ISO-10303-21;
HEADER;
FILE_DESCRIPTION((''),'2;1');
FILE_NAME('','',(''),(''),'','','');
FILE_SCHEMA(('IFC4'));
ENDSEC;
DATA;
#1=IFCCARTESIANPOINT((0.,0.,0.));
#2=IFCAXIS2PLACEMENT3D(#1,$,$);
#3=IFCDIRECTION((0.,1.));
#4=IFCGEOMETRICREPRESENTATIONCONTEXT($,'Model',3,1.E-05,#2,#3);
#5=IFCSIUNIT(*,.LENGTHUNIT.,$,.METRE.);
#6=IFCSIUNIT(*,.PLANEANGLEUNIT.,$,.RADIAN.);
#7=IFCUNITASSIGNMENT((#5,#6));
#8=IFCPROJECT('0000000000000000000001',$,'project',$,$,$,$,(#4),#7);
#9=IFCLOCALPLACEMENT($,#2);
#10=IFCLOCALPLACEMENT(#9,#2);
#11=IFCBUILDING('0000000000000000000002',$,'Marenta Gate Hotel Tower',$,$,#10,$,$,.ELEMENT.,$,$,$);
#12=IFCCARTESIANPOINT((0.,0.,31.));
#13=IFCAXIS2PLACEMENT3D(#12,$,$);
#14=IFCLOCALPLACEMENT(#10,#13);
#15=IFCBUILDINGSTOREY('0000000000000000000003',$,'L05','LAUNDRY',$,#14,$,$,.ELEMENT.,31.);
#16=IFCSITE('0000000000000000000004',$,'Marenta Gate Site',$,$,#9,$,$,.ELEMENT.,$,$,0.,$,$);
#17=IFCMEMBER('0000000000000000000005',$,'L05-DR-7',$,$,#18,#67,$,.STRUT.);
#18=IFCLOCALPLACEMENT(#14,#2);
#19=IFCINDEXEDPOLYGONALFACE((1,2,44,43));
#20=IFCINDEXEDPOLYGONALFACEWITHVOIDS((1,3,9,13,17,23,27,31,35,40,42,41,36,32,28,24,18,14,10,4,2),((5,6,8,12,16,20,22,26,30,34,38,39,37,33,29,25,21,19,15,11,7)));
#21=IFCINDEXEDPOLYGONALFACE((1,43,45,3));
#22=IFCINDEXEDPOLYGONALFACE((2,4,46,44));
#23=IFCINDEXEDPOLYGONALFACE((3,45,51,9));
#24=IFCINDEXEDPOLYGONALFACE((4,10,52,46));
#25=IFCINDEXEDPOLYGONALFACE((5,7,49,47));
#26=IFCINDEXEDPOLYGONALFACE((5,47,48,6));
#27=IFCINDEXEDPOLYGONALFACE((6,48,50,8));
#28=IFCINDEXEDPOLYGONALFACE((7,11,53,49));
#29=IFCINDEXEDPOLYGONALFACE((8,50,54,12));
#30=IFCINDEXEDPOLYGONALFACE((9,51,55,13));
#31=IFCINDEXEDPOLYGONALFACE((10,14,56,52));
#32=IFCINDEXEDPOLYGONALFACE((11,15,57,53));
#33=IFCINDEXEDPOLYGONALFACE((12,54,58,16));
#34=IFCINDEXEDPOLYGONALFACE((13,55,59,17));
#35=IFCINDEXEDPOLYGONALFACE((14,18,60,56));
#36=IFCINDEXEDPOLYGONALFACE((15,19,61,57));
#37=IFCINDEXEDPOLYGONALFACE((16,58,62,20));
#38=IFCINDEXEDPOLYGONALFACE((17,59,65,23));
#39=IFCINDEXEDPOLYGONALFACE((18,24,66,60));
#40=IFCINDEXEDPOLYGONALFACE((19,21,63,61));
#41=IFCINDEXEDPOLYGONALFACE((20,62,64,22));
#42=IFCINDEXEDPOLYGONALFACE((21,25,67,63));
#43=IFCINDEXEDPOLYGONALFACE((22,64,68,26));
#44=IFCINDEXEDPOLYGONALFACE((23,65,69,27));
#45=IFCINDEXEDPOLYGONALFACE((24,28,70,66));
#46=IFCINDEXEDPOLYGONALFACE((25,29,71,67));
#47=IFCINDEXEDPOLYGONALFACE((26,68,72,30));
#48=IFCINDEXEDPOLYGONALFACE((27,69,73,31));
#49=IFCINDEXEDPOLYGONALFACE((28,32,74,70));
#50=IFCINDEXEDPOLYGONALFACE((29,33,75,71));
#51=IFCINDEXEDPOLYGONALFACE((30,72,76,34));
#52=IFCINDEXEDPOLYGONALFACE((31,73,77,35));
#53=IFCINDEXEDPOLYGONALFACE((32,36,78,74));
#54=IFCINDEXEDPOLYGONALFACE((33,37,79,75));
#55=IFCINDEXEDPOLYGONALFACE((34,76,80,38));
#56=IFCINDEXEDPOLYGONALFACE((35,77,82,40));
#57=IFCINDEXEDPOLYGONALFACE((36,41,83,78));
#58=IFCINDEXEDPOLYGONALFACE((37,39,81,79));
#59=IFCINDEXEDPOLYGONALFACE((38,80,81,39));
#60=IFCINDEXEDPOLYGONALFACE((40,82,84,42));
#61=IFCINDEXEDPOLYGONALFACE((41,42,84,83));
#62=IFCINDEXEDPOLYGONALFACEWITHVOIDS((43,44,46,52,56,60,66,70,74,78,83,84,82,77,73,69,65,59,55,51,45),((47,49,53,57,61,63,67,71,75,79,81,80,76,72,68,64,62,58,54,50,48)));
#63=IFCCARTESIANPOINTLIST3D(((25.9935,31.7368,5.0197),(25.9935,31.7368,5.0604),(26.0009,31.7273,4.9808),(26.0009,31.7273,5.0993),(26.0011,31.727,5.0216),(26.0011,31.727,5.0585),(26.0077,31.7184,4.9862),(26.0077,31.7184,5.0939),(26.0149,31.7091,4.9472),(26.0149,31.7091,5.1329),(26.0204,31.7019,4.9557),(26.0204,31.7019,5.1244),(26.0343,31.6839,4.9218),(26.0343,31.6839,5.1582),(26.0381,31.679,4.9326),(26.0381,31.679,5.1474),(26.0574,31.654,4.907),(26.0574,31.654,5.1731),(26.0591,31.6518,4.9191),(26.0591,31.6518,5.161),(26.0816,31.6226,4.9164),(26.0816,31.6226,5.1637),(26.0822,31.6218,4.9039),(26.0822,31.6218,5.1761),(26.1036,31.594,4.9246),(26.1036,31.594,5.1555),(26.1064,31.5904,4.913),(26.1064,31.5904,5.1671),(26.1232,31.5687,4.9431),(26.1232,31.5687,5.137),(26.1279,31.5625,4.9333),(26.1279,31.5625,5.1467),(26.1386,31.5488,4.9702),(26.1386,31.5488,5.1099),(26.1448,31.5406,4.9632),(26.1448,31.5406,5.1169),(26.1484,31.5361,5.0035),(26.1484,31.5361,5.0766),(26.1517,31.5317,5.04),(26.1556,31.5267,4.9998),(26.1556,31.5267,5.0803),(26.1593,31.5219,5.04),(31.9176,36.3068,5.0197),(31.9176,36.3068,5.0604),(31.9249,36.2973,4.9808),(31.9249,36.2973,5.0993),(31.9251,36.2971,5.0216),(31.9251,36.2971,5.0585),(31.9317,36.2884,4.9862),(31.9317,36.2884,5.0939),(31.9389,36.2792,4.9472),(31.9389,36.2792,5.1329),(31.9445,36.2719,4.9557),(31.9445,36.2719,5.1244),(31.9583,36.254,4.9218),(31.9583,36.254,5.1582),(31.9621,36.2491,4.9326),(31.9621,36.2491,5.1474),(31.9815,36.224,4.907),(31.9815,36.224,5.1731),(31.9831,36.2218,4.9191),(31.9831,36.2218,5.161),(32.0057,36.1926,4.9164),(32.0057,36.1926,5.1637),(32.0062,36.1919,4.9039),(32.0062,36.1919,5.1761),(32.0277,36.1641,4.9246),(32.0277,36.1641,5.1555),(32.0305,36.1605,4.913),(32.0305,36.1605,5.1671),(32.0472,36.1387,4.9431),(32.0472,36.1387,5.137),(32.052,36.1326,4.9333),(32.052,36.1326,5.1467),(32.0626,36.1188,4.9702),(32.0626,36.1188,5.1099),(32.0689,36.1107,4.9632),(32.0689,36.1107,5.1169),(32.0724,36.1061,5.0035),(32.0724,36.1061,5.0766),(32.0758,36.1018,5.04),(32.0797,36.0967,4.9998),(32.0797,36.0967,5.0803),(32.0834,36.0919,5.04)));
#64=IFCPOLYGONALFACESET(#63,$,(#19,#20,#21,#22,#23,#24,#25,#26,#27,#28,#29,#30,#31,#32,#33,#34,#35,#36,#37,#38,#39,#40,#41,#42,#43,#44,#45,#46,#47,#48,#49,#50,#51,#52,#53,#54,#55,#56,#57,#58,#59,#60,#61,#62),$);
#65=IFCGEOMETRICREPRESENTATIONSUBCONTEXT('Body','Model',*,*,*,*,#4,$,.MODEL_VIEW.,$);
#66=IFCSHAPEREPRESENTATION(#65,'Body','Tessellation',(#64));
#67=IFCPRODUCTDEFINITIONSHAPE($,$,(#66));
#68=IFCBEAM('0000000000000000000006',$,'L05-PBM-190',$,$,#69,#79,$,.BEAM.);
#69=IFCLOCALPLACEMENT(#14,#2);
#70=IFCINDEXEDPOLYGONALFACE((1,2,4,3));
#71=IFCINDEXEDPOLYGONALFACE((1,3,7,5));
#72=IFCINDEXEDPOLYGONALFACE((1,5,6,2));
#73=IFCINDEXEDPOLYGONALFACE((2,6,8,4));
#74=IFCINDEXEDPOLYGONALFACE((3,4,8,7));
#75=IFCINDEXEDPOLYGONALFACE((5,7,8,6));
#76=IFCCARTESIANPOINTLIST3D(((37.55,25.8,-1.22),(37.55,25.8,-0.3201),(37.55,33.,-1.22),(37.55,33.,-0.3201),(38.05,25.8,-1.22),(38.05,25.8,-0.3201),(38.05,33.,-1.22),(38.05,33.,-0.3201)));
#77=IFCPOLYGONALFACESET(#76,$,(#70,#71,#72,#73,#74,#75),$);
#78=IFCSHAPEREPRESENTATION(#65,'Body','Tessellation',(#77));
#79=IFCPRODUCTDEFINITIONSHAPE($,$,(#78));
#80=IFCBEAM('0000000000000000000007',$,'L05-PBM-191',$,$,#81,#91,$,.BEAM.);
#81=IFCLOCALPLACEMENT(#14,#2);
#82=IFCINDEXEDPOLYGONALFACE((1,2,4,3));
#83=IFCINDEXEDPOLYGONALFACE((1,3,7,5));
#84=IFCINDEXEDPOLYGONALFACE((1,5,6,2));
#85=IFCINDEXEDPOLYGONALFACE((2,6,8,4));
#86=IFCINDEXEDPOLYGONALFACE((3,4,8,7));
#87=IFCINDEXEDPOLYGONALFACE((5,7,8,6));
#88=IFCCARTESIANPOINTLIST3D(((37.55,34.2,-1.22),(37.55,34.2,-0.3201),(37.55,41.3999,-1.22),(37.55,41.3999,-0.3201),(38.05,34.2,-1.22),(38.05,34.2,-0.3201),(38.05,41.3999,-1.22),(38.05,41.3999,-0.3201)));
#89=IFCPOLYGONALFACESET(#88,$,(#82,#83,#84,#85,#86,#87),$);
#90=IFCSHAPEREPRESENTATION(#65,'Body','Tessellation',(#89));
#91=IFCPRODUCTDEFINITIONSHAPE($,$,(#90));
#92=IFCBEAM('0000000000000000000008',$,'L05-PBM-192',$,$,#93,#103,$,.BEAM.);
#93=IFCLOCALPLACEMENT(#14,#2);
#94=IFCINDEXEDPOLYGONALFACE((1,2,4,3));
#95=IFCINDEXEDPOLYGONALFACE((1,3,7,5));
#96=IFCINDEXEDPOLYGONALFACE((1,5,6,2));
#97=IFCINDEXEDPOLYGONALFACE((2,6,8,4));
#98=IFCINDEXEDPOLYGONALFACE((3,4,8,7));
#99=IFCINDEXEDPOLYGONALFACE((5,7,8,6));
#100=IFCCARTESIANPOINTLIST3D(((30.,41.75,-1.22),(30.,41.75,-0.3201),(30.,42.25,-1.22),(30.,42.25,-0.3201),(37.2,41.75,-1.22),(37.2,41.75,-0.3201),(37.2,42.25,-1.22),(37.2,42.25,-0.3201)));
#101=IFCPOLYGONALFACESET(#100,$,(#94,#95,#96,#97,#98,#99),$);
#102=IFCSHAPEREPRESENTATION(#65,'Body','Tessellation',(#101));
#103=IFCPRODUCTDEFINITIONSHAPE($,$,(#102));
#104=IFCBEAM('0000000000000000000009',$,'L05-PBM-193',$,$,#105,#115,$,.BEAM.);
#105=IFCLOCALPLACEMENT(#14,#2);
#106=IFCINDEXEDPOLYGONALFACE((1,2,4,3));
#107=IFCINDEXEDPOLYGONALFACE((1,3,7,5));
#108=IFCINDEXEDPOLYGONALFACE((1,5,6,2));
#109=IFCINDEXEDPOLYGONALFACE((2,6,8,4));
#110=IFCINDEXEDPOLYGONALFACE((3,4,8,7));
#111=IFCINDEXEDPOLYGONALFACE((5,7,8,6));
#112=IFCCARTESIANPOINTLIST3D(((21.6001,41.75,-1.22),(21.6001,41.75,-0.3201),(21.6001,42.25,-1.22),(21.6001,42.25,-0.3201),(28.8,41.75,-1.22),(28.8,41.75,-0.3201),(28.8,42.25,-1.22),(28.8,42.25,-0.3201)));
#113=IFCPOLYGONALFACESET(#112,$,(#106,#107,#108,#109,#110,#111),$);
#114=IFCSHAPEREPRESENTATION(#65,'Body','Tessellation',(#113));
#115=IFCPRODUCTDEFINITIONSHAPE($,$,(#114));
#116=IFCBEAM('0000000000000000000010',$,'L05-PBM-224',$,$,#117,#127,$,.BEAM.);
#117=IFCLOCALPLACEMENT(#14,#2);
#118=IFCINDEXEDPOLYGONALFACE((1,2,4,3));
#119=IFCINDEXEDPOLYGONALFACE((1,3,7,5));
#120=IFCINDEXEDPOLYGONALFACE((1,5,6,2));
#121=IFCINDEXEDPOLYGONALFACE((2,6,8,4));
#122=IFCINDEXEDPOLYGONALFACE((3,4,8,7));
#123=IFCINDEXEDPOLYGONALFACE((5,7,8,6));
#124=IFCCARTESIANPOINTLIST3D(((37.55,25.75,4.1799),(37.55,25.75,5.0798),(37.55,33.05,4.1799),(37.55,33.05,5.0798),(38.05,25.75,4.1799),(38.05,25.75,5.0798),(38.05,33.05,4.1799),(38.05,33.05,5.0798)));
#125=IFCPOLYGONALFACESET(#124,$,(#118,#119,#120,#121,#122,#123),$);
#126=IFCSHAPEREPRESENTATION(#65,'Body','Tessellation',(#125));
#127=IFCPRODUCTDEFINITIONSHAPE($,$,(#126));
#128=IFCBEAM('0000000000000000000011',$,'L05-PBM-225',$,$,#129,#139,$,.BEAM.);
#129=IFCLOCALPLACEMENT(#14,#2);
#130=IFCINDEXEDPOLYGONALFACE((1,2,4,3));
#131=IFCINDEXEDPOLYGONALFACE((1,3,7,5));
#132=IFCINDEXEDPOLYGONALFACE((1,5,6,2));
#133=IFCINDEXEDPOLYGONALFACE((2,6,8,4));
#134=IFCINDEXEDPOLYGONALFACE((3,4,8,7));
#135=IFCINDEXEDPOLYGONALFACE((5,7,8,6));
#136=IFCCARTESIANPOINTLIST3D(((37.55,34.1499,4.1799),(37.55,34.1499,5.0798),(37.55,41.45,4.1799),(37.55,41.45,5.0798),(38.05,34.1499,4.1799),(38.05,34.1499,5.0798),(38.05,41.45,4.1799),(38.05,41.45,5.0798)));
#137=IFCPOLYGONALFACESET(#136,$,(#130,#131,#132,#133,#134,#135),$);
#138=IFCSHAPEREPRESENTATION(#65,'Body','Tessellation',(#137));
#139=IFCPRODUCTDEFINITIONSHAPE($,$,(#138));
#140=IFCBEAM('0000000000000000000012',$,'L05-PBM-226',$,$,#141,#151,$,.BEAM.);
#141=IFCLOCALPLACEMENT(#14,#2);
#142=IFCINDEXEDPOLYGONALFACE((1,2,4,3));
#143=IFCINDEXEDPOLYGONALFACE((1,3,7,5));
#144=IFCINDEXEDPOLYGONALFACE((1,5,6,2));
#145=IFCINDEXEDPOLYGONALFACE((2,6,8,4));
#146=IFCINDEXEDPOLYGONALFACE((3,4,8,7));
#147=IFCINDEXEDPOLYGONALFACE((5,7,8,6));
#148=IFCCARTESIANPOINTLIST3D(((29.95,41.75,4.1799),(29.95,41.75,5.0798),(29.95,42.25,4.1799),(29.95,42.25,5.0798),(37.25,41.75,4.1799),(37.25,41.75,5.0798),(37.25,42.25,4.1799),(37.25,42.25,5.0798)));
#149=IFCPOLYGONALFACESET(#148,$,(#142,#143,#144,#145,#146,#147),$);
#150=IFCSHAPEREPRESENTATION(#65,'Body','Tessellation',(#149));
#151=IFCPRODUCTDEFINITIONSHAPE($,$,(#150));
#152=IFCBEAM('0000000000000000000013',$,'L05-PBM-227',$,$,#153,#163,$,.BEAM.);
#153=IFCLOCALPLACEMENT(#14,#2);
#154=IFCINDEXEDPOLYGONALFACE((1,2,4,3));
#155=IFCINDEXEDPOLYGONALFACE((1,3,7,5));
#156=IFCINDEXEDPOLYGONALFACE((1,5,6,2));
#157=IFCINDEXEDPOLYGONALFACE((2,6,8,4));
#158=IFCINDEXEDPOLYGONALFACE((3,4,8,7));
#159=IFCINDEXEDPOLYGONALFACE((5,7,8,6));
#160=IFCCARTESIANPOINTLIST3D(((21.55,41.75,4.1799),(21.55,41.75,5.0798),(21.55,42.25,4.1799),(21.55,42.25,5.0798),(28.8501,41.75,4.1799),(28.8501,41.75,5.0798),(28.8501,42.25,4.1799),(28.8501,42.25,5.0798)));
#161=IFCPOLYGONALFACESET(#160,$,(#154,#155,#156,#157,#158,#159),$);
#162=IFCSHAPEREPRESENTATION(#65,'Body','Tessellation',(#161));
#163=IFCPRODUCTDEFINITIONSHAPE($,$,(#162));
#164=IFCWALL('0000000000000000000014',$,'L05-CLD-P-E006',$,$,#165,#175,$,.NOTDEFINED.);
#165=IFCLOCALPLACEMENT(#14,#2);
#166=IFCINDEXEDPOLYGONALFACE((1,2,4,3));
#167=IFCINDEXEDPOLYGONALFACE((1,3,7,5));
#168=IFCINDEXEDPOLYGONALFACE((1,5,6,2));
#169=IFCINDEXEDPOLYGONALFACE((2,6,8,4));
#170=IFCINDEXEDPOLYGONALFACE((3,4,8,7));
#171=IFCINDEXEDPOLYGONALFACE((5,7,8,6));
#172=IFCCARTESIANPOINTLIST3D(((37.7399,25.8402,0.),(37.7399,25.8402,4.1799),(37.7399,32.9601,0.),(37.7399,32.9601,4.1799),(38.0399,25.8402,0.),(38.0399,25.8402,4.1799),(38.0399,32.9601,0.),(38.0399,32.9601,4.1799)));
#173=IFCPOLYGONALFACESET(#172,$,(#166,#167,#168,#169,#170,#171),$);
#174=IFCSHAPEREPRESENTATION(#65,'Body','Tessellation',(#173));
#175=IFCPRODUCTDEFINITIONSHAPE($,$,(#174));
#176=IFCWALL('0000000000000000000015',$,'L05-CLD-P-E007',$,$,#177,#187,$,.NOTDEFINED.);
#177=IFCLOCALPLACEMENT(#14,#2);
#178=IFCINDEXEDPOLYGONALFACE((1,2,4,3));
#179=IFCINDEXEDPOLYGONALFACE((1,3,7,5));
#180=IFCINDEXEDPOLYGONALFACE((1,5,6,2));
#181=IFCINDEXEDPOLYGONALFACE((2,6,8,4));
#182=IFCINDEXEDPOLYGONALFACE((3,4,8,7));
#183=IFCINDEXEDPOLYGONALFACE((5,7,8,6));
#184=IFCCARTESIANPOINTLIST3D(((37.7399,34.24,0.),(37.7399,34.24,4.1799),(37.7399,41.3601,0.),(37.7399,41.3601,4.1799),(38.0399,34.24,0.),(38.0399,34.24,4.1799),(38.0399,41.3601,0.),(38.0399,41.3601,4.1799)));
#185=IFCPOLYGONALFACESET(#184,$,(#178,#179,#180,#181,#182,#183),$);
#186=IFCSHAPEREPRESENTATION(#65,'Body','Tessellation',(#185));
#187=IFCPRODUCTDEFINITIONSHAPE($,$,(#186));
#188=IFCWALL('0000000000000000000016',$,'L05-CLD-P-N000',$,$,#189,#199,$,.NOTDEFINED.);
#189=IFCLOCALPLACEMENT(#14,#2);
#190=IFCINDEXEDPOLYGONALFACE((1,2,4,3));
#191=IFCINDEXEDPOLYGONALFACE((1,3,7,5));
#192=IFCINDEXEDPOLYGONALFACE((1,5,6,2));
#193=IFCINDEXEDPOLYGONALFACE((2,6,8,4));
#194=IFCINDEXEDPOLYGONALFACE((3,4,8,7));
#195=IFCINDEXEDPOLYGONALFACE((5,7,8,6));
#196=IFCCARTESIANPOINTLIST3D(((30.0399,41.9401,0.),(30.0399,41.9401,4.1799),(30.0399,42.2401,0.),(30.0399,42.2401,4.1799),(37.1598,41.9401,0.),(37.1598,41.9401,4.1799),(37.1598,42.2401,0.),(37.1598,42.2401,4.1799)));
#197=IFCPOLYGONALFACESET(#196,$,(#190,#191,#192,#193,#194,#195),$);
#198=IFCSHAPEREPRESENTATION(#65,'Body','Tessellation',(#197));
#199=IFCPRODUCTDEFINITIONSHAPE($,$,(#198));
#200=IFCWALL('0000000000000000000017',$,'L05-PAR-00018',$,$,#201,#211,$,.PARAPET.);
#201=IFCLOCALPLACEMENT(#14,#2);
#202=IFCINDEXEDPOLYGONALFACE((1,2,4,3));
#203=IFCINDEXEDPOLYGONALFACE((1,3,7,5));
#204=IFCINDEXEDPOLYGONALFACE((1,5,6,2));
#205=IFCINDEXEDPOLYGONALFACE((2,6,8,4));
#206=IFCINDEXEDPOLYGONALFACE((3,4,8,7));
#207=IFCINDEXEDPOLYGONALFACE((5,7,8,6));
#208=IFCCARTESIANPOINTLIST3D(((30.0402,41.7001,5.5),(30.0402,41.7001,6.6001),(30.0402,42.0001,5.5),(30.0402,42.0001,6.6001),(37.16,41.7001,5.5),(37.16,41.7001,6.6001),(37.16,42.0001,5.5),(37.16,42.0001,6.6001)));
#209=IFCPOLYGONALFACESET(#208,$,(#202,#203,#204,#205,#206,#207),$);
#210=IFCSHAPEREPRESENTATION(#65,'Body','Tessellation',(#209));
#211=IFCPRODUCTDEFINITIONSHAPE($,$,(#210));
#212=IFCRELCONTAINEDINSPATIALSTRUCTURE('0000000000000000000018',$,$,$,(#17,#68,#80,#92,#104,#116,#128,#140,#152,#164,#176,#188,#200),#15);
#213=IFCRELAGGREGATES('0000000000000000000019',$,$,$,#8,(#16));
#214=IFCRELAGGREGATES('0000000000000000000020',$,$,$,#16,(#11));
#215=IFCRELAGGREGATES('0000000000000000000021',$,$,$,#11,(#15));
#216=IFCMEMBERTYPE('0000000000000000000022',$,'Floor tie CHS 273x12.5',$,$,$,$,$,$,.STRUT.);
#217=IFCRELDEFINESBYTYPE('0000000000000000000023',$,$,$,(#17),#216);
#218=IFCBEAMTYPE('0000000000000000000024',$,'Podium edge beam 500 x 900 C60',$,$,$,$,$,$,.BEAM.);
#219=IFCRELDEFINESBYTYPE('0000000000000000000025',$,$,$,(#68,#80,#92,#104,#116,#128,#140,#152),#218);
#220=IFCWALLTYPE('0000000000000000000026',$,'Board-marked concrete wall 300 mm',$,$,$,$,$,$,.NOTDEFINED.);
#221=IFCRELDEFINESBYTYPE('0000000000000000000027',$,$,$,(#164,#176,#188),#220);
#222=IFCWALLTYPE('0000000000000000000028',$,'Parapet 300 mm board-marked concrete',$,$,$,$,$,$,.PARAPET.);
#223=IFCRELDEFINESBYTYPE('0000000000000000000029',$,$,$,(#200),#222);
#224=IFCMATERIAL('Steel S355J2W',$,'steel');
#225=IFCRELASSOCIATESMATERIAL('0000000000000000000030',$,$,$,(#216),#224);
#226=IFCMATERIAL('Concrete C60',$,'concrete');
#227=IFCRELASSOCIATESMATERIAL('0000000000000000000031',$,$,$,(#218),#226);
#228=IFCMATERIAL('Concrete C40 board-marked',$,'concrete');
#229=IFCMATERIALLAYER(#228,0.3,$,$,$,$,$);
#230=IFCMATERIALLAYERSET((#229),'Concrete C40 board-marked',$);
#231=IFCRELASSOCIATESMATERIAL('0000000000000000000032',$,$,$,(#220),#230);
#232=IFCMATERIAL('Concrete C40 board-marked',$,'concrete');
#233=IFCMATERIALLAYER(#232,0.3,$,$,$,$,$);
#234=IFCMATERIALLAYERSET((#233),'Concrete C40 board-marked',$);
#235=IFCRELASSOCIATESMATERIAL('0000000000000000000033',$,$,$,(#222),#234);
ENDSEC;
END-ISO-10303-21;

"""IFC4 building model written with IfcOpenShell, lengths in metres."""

from ifc_helpers import new_model, si_unit, direction, frame, frame_2d, origin, origin_2d, place, context, subcontext, project, spatial, rectangle, hollow_circle, extrude, material, layer, layer_set, material_profile, profile_set, type_object, element, save


model = new_model("IFC4")

# Units and contexts
model_context = context("Model", 3, precision=1e-05, world=origin(), true_north=direction((0.0, 1.0)))
body_context = subcontext(model_context, "Body", "Model", "MODEL_VIEW")
ifc_project = project(units=[si_unit("LENGTHUNIT", "METRE"), si_unit("PLANEANGLEUNIT", "RADIAN")], contexts=[model_context])

# Site, building, storey
site_placement = place(None, origin())
site = spatial("IfcSite", under=ifc_project, at=site_placement, Name="Marenta Gate Site", CompositionType="ELEMENT", RefElevation=0.0)
building_placement = place(site_placement, origin())
building = spatial("IfcBuilding", under=site, at=building_placement, Name="Marenta Gate Hotel Tower", CompositionType="ELEMENT")
storey_placement = place(building_placement, frame((0.0, 0.0, 31.0)))
storey = spatial("IfcBuildingStorey", under=building, at=storey_placement, Name="L05", Description="LAUNDRY", CompositionType="ELEMENT", Elevation=31.0)

# Member
ifc_material_1 = material(Name="Steel S355J2W", Category="steel")
ifc_material_profile_1 = material_profile(ifc_material_1, hollow_circle(Radius=0.1365, WallThickness=0.0125, at=origin_2d()), Name="CHS 273x12.5")
ifc_profile_set_1 = profile_set([ifc_material_profile_1], Name="Steel S355J2W")
member_type_1 = type_object("IfcMemberType", Name="Floor tie CHS 273x12.5", PredefinedType="STRUT", material=ifc_profile_set_1)
member_1_placement = place(storey_placement, frame((32.0, 36.2, 5.04), z_axis=(-0.791778, -0.610809, 0.0), x_axis=(0.610809, -0.791778, 0.0)))
element("IfcMember", 1, at=member_1_placement, inside=storey, type_object=member_type_1, Name="L05-DR-7", PredefinedType="STRUT", context=body_context, shape_type="SweptSolid", body=[
    extrude(hollow_circle(Radius=0.1365, WallThickness=0.0125, at=origin_2d()), origin(), (0.0, 0.0, 1.0), 7.4819),
])

# Beams
ifc_material_2 = material(Name="Concrete C60", Category="concrete")
ifc_material_profile_2 = material_profile(ifc_material_2, rectangle(XDim=0.5, YDim=0.8999, at=origin_2d()), Name="500 x 900")
ifc_profile_set_2 = profile_set([ifc_material_profile_2], Name="Concrete C60")
beam_type_1 = type_object("IfcBeamType", Name="Podium edge beam 500 x 900 C60", PredefinedType="BEAM", material=ifc_profile_set_2)
for number, where, z_axis, x_axis, name in (
    (2, (37.8, 25.8, -0.77), (0.0, 1.0, 0.0), (-1.0, 0.0, 0.0), "L05-PBM-190"),
    (3, (37.8, 34.2, -0.77), (0.0, 1.0, 0.0), (-1.0, 0.0, 0.0), "L05-PBM-191"),
    (4, (37.2, 42.0, -0.77), (-1.0, 0.0, 0.0), (0.0, -1.0, 0.0), "L05-PBM-192"),
    (5, (28.8, 42.0, -0.77), (-1.0, 0.0, 0.0), (0.0, -1.0, 0.0), "L05-PBM-193"),
):
    element("IfcBeam", number, at=place(storey_placement, frame(where, z_axis=z_axis, x_axis=x_axis)), inside=storey, type_object=beam_type_1, Name=name, PredefinedType="BEAM", context=body_context, shape_type="SweptSolid", body=[
        extrude(rectangle(XDim=0.5, YDim=0.8999, at=origin_2d()), origin(), (0.0, 0.0, 1.0), 7.2),
    ])
for number, where, z_axis, x_axis, name in (
    (6, (37.8, 25.75, 4.6299), (0.0, 1.0, 0.0), (-1.0, 0.0, 0.0), "L05-PBM-224"),
    (7, (37.8, 34.1499, 4.6299), (0.0, 1.0, 0.0), (-1.0, 0.0, 0.0), "L05-PBM-225"),
    (8, (37.25, 42.0, 4.6299), (-1.0, 0.0, 0.0), (0.0, -1.0, 0.0), "L05-PBM-226"),
    (9, (28.8501, 42.0, 4.6299), (-1.0, 0.0, 0.0), (0.0, -1.0, 0.0), "L05-PBM-227"),
):
    element("IfcBeam", number, at=place(storey_placement, frame(where, z_axis=z_axis, x_axis=x_axis)), inside=storey, type_object=beam_type_1, Name=name, PredefinedType="BEAM", context=body_context, shape_type="SweptSolid", body=[
        extrude(rectangle(XDim=0.5, YDim=0.8999, at=origin_2d()), origin(), (0.0, 0.0, 1.0), 7.3),
    ])

# Walls
ifc_material_3 = material(Name="Concrete C40 board-marked", Category="concrete")
ifc_layer_1 = layer(ifc_material_3, 0.3)
ifc_layer_set_1 = layer_set([ifc_layer_1], Name="Concrete C40 board-marked")
wall_type_1 = type_object("IfcWallType", Name="Board-marked concrete wall 300 mm", PredefinedType="NOTDEFINED", material=ifc_layer_set_1)
wall_1_placement = place(storey_placement, frame((37.8899, 25.8401, 0.0), z_axis=(0.0, 0.0, 1.0), x_axis=(0.0, 1.0, 0.0)))
element("IfcWall", 10, at=wall_1_placement, inside=storey, type_object=wall_type_1, Name="L05-CLD-P-E006", PredefinedType="NOTDEFINED", context=body_context, shape_type="SweptSolid", body=[
    extrude(rectangle(XDim=7.1199, YDim=0.3, at=frame_2d((3.5601, 0.0))), origin(), (0.0, 0.0, 1.0), 4.1799),
])
wall_2_placement = place(storey_placement, frame((37.8899, 34.24, 0.0), z_axis=(0.0, 0.0, 1.0), x_axis=(0.0, 1.0, 0.0)))
element("IfcWall", 11, at=wall_2_placement, inside=storey, type_object=wall_type_1, Name="L05-CLD-P-E007", PredefinedType="NOTDEFINED", context=body_context, shape_type="SweptSolid", body=[
    extrude(rectangle(XDim=7.1201, YDim=0.3, at=frame_2d((3.5601, 0.0))), origin(), (0.0, 0.0, 1.0), 4.1799),
])
wall_3_placement = place(storey_placement, frame((37.1599, 42.0901, 0.0), z_axis=(0.0, 0.0, 1.0), x_axis=(-1.0, 0.0, 0.0)))
element("IfcWall", 12, at=wall_3_placement, inside=storey, type_object=wall_type_1, Name="L05-CLD-P-N000", PredefinedType="NOTDEFINED", context=body_context, shape_type="SweptSolid", body=[
    extrude(rectangle(XDim=7.1199, YDim=0.3, at=frame_2d((3.5601, 0.0))), origin(), (0.0, 0.0, 1.0), 4.1799),
])
ifc_material_4 = material(Name="Concrete C40 board-marked", Category="concrete")
ifc_layer_2 = layer(ifc_material_4, 0.3)
ifc_layer_set_2 = layer_set([ifc_layer_2], Name="Concrete C40 board-marked")
wall_type_2 = type_object("IfcWallType", Name="Parapet 300 mm board-marked concrete", PredefinedType="PARAPET", material=ifc_layer_set_2)
wall_4_placement = place(storey_placement, frame((30.04, 41.8501, 5.5), z_axis=(0.0, 0.0, 1.0), x_axis=(1.0, 0.0, 0.0)))
element("IfcWall", 13, at=wall_4_placement, inside=storey, type_object=wall_type_2, Name="L05-PAR-00018", PredefinedType="PARAPET", context=body_context, shape_type="SweptSolid", body=[
    extrude(rectangle(XDim=7.1199, YDim=0.3, at=frame_2d((3.5601, 0.0))), origin(), (0.0, 0.0, 1.0), 1.1001),
])

save(model, "model.ifc")
